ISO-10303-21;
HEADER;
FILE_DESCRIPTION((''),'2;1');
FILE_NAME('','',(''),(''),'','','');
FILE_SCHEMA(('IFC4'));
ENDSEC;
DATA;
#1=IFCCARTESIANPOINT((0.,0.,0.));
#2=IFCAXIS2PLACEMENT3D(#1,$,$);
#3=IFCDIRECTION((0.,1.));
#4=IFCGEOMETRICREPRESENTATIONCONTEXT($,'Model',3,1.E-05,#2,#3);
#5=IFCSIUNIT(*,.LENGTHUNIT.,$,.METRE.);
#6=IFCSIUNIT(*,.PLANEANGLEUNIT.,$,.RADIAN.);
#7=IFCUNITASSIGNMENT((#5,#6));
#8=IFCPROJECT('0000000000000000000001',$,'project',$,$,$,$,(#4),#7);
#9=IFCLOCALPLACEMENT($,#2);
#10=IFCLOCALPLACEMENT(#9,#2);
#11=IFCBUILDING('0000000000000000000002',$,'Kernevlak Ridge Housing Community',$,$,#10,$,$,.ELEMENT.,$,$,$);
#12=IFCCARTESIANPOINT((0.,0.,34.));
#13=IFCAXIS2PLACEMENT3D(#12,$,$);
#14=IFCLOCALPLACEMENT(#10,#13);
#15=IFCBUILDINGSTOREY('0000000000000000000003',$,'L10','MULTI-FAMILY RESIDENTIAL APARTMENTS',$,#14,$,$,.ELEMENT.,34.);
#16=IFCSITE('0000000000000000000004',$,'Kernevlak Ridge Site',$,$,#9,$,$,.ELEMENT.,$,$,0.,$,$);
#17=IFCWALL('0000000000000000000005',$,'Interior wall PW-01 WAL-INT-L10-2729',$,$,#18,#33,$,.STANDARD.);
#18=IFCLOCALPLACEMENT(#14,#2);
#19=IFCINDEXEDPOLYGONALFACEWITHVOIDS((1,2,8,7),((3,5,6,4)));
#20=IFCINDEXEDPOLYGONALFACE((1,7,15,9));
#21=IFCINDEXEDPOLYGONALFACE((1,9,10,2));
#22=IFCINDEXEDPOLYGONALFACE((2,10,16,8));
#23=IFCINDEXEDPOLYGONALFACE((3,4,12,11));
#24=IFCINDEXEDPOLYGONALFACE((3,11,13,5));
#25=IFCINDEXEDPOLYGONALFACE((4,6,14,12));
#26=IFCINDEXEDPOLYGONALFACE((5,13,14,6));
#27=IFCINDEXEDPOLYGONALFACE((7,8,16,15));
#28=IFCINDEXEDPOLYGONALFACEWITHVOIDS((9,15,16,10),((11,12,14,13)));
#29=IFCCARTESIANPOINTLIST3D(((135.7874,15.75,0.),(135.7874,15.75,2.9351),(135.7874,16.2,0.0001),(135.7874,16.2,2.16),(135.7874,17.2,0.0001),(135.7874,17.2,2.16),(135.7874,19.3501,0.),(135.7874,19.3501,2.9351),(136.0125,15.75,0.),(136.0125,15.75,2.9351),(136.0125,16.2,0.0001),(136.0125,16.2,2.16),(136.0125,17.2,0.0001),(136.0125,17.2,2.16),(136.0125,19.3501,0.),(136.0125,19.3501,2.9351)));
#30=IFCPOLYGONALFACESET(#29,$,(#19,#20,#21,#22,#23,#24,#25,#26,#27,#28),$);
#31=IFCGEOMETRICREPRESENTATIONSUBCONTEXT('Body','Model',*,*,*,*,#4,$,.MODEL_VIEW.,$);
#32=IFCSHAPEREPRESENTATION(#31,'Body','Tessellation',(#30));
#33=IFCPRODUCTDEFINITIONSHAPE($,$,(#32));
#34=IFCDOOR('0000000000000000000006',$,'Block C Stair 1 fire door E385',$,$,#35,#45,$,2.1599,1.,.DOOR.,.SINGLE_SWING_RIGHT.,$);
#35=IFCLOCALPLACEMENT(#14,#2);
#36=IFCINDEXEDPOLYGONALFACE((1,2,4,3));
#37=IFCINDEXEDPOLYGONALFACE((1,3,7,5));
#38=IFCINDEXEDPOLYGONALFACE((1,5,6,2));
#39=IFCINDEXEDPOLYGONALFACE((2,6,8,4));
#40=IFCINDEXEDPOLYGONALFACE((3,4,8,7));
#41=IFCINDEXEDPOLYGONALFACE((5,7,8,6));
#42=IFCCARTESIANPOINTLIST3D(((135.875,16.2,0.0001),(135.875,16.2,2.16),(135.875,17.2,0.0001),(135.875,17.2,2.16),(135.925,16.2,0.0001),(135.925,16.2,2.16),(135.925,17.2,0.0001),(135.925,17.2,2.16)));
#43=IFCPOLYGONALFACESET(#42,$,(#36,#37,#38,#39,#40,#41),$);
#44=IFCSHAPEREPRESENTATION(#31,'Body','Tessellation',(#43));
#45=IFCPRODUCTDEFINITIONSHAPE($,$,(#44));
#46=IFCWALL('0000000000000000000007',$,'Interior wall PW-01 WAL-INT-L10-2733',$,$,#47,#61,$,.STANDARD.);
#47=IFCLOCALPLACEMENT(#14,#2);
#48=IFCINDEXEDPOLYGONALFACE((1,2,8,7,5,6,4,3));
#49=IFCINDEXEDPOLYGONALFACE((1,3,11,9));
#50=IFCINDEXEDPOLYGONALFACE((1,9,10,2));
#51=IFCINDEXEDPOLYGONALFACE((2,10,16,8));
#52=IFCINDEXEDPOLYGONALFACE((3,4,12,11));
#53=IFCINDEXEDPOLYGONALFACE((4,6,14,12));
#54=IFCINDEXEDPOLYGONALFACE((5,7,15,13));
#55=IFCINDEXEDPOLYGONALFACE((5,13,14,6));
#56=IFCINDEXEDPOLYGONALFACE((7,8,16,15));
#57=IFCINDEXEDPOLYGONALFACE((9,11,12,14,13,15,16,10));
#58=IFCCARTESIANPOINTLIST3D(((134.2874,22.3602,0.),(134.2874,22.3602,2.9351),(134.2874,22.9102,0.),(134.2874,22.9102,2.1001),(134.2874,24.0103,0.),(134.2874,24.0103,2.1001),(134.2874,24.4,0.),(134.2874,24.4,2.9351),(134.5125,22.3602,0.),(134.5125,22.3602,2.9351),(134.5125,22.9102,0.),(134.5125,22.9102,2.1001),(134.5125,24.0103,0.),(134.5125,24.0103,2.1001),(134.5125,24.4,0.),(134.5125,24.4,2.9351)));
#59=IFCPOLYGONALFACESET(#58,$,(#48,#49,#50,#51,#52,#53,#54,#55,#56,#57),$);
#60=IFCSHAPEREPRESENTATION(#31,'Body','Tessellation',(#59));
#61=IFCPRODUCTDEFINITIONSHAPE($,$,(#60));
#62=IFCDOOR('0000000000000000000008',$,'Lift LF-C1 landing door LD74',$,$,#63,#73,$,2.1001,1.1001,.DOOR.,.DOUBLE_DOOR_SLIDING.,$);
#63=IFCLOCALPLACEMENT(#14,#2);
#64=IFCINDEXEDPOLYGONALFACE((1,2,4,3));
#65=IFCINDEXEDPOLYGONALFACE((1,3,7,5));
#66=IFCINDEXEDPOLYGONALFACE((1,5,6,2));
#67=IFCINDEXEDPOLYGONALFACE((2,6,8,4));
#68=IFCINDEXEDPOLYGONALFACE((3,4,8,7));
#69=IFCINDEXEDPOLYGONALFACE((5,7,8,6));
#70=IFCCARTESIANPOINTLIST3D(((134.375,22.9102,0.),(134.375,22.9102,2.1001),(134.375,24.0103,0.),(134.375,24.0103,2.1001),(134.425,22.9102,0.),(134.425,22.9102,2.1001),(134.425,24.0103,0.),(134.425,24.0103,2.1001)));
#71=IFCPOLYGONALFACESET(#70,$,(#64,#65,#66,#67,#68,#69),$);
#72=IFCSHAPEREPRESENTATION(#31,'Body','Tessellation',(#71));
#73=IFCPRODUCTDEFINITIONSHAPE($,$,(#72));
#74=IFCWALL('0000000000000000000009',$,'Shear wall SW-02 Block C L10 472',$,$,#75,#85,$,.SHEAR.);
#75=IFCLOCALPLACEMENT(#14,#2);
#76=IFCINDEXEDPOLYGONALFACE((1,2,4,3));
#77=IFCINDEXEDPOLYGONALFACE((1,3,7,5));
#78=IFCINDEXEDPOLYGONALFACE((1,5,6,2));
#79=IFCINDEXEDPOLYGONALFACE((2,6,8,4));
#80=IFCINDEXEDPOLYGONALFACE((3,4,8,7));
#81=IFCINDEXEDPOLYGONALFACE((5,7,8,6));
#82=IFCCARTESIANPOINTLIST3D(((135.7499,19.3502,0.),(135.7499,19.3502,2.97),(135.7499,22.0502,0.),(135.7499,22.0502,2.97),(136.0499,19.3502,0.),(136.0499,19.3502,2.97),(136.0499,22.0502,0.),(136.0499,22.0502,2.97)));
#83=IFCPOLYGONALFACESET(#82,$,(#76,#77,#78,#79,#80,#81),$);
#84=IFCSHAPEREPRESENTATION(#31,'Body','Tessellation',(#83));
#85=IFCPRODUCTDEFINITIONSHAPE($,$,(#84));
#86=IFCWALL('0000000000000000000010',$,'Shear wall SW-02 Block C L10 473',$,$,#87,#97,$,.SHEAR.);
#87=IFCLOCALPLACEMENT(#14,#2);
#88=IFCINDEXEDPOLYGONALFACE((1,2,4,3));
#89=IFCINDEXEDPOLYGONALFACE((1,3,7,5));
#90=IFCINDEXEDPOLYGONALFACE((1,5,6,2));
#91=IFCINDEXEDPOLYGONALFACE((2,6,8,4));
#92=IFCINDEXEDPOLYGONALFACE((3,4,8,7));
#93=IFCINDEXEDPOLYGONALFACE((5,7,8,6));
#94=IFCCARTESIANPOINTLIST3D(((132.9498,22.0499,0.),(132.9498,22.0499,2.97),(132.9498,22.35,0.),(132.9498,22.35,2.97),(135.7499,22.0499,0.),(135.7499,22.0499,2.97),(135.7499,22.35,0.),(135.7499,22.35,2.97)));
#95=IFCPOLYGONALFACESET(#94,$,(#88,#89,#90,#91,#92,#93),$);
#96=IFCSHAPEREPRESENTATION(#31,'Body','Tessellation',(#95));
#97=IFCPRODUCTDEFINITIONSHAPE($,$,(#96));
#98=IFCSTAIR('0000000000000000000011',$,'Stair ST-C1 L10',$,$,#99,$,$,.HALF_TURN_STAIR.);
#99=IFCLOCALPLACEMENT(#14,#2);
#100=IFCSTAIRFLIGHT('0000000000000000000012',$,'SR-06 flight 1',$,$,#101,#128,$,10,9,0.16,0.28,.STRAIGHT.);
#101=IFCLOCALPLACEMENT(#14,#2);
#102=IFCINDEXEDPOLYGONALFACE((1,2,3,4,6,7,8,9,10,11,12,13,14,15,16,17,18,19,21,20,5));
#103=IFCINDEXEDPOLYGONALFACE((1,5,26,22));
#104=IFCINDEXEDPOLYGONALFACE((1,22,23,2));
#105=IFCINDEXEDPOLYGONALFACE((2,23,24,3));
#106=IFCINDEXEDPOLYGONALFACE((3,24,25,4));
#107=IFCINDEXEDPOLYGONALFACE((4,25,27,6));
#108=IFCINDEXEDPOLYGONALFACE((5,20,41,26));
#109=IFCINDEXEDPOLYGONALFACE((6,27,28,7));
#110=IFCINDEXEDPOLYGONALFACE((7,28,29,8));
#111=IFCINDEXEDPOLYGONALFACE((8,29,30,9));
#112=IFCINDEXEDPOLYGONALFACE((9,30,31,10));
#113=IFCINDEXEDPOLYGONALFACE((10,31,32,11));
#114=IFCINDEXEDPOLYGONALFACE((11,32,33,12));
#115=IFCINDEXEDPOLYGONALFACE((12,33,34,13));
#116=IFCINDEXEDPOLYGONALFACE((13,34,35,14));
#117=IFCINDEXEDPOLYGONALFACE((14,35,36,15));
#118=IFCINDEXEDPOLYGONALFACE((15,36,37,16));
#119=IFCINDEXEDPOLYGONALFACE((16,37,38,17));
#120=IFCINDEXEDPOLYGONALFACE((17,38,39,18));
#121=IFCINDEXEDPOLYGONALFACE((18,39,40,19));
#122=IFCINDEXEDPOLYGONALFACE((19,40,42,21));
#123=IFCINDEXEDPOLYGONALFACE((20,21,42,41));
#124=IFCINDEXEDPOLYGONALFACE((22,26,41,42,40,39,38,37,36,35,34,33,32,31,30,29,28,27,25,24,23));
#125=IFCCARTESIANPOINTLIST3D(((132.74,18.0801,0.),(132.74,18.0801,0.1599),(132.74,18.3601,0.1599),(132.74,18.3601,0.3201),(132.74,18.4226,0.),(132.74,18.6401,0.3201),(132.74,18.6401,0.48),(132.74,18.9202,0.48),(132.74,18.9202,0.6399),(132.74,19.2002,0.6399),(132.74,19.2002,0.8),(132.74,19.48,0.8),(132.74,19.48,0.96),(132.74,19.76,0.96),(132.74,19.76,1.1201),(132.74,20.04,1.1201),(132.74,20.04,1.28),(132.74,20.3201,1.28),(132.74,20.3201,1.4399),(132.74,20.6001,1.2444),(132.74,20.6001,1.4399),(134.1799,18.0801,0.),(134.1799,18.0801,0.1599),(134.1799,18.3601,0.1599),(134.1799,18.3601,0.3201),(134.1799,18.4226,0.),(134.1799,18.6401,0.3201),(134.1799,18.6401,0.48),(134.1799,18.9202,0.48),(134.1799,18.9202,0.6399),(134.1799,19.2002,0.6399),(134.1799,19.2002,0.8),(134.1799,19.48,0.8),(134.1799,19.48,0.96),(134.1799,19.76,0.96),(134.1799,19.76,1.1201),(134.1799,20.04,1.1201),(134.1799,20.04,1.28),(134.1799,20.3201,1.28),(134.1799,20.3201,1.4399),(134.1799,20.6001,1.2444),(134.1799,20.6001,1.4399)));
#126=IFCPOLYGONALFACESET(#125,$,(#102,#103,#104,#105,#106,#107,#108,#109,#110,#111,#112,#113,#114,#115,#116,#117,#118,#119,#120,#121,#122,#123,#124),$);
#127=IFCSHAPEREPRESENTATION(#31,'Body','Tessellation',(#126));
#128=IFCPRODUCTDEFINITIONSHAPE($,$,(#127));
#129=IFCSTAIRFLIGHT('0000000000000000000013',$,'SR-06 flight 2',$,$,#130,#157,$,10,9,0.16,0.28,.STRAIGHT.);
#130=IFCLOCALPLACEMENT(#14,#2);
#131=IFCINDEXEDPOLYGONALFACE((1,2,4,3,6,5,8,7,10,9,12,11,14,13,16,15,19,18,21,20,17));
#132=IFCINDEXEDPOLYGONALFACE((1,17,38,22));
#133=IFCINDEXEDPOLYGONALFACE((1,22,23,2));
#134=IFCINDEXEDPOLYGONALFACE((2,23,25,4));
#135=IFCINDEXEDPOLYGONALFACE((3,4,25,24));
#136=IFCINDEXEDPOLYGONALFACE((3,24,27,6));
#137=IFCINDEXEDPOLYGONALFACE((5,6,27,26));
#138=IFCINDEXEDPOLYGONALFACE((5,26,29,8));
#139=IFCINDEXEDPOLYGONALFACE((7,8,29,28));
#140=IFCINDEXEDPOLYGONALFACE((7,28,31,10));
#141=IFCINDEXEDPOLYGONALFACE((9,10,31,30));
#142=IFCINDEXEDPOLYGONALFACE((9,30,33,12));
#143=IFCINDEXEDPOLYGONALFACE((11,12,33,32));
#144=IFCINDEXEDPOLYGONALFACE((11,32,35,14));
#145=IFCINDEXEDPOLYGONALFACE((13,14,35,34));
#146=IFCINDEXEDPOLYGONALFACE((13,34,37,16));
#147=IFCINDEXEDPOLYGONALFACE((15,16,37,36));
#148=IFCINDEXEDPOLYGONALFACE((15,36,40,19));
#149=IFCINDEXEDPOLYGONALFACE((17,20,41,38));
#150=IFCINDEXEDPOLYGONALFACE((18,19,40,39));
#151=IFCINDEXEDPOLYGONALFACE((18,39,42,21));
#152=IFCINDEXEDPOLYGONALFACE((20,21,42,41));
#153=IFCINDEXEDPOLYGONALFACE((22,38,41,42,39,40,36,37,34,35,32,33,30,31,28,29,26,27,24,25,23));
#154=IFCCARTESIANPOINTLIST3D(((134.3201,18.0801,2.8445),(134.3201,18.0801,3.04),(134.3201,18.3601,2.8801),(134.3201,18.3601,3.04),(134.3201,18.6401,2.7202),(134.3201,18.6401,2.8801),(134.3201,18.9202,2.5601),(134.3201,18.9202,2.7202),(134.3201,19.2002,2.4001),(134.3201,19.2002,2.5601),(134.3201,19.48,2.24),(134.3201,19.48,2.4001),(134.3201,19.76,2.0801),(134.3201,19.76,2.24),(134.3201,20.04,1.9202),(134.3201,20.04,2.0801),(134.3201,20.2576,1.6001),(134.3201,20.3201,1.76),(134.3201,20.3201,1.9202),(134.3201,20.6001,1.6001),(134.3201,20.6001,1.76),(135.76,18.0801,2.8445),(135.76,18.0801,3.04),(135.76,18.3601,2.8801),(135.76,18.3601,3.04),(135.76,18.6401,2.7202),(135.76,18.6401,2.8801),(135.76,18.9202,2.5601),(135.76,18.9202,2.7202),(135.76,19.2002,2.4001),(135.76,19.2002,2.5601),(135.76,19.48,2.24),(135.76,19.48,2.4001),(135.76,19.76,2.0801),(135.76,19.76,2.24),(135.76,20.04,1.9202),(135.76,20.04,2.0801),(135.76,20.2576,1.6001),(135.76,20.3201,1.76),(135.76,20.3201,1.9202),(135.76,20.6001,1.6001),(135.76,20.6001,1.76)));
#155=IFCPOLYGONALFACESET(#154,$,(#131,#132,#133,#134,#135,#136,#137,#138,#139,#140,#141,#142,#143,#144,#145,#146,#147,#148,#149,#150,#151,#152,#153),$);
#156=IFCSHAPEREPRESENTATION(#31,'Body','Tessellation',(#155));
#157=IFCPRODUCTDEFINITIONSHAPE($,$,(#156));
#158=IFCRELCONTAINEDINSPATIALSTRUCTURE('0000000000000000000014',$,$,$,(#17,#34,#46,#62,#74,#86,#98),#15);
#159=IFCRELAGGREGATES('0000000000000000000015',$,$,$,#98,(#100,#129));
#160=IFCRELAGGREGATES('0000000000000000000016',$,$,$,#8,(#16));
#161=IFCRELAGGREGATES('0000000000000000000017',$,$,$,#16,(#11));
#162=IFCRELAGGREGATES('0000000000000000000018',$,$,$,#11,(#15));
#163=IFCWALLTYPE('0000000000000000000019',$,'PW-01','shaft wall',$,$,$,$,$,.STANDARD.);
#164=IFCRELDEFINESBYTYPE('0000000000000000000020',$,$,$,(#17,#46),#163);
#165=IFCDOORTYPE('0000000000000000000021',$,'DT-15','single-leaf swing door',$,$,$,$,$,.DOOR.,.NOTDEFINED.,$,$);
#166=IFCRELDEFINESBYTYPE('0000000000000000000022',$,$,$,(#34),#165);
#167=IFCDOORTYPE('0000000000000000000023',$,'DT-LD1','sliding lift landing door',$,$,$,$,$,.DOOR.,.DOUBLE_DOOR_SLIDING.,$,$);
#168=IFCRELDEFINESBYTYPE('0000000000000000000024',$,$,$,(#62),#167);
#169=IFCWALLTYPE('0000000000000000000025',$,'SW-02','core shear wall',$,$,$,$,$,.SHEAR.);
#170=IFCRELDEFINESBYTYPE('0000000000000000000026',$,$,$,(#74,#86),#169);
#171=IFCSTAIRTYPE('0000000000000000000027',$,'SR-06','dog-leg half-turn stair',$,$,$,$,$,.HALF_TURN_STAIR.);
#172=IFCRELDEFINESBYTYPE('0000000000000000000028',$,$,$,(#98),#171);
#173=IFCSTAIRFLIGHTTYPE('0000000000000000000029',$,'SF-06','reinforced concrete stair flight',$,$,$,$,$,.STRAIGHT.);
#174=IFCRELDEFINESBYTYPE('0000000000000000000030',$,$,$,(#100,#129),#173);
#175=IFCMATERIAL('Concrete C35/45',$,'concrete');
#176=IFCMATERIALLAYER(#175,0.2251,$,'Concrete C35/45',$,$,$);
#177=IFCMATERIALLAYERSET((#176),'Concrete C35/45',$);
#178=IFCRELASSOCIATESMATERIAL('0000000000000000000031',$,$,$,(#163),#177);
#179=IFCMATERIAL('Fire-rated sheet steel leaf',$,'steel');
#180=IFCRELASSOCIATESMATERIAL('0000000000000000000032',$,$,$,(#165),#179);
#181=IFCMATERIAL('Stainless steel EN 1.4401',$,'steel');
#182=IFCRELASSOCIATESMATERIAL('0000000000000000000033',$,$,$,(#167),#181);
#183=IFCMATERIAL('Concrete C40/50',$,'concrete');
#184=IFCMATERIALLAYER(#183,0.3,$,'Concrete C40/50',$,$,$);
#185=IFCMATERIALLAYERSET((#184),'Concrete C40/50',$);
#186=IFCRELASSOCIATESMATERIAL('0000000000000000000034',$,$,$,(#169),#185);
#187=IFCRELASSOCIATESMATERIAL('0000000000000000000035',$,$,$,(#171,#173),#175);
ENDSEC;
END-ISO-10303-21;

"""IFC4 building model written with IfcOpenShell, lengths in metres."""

from ifc_helpers import new_model, si_unit, direction, frame, frame_2d, origin, place, context, subcontext, project, spatial, polyline, rectangle, outline, extrude, material, layer, layer_set, type_object, element, fill, aggregate, save


model = new_model("IFC4")

# Units and contexts
model_context = context("Model", 3, precision=1e-05, world=origin(), true_north=direction((0.0, 1.0)))
body_context = subcontext(model_context, "Body", "Model", "MODEL_VIEW")
ifc_project = project(units=[si_unit("LENGTHUNIT", "METRE"), si_unit("PLANEANGLEUNIT", "RADIAN")], contexts=[model_context])

# Site, building, storey
site_placement = place(None, origin())
site = spatial("IfcSite", under=ifc_project, at=site_placement, Name="Kernevlak Ridge Site", CompositionType="ELEMENT", RefElevation=0.0)
building_placement = place(site_placement, origin())
building = spatial("IfcBuilding", under=site, at=building_placement, Name="Kernevlak Ridge Housing Community", CompositionType="ELEMENT")
storey_placement = place(building_placement, frame((0.0, 0.0, 34.0)))
storey = spatial("IfcBuildingStorey", under=building, at=storey_placement, Name="L10", Description="MULTI-FAMILY RESIDENTIAL APARTMENTS", CompositionType="ELEMENT", Elevation=34.0)

# Shared definitions
ifc_material_1 = material(Name="Concrete C35/45", Category="concrete")

# Walls, openings, doors
ifc_layer_1 = layer(ifc_material_1, 0.2251, Name="Concrete C35/45")
ifc_layer_set_1 = layer_set([ifc_layer_1], Name="Concrete C35/45")
wall_type_1 = type_object("IfcWallType", Name="PW-01", Description="shaft wall", PredefinedType="STANDARD", material=ifc_layer_set_1)
wall_1_placement = place(storey_placement, frame((135.8999, 15.75, 0.0), z_axis=(0.0, 0.0, 1.0), x_axis=(0.0, 1.0, 0.0)))
wall_1 = element("IfcWall", 1, at=wall_1_placement, inside=storey, type_object=wall_type_1, Name="Interior wall PW-01 WAL-INT-L10-2729", PredefinedType="STANDARD", context=body_context, shape_type="SweptSolid", body=[
    extrude(rectangle(XDim=3.6001, YDim=0.2251, at=frame_2d((1.8, 0.0))), origin(), (0.0, 0.0, 1.0), 2.9351),
])
opening_1_placement = place(wall_1_placement, frame((0.45, 0.0, 0.0)))
opening_1 = element("IfcOpeningElement", 2, at=opening_1_placement, cuts=wall_1, PredefinedType="OPENING", context=body_context, shape_type="SweptSolid", body=[
    extrude(rectangle(XDim=1.0, YDim=2.1599, at=frame_2d((0.5, 1.0801))), frame((0.0, 0.1226, 0.0), z_axis=(0.0, -1.0, 0.0), x_axis=(1.0, 0.0, 0.0)), (0.0, 0.0, 1.0), 0.2451),
])
ifc_material_2 = material(Name="Fire-rated sheet steel leaf", Category="steel")
door_type_1 = type_object("IfcDoorType", Name="DT-15", Description="single-leaf swing door", OperationType="NOTDEFINED", PredefinedType="DOOR", material=ifc_material_2)
door_1_placement = place(opening_1_placement, origin())
door_1 = element("IfcDoor", 3, at=door_1_placement, inside=storey, type_object=door_type_1, Name="Block C Stair 1 fire door E385", OperationType="SINGLE_SWING_RIGHT", OverallHeight=2.1599, OverallWidth=1.0, PredefinedType="DOOR", context=body_context, shape_type="SweptSolid", body=[
    extrude(rectangle(XDim=1.0, YDim=2.1599, at=frame_2d((0.5, 1.0801))), frame((0.0, 0.0249, 0.0), z_axis=(0.0, -1.0, 0.0), x_axis=(1.0, 0.0, 0.0)), (0.0, 0.0, 1.0), 0.05),
])
fill(opening_1, door_1)
wall_2_placement = place(storey_placement, frame((134.3999, 22.3601, 0.0), z_axis=(0.0, 0.0, 1.0), x_axis=(0.0, 1.0, 0.0)))
wall_2 = element("IfcWall", 4, at=wall_2_placement, inside=storey, type_object=wall_type_1, Name="Interior wall PW-01 WAL-INT-L10-2733", PredefinedType="STANDARD", context=body_context, shape_type="SweptSolid", body=[
    extrude(rectangle(XDim=2.0398, YDim=0.2251, at=frame_2d((1.02, 0.0))), origin(), (0.0, 0.0, 1.0), 2.9351),
])
opening_2_placement = place(wall_2_placement, frame((0.55, 0.0, 0.0)))
opening_2 = element("IfcOpeningElement", 5, at=opening_2_placement, cuts=wall_2, PredefinedType="OPENING", context=body_context, shape_type="SweptSolid", body=[
    extrude(rectangle(XDim=1.1001, YDim=2.1001, at=frame_2d((0.55, 1.05))), frame((0.0, 0.1226, 0.0), z_axis=(0.0, -1.0, 0.0), x_axis=(1.0, 0.0, 0.0)), (0.0, 0.0, 1.0), 0.2451),
])
ifc_material_3 = material(Name="Stainless steel EN 1.4401", Category="steel")
door_type_2 = type_object("IfcDoorType", Name="DT-LD1", Description="sliding lift landing door", OperationType="DOUBLE_DOOR_SLIDING", PredefinedType="DOOR", material=ifc_material_3)
door_2_placement = place(opening_2_placement, origin())
door_2 = element("IfcDoor", 6, at=door_2_placement, inside=storey, type_object=door_type_2, Name="Lift LF-C1 landing door LD74", OperationType="DOUBLE_DOOR_SLIDING", OverallHeight=2.1001, OverallWidth=1.1001, PredefinedType="DOOR", context=body_context, shape_type="SweptSolid", body=[
    extrude(rectangle(XDim=1.1001, YDim=2.1001, at=frame_2d((0.55, 1.05))), frame((0.0, 0.0249, 0.0), z_axis=(0.0, -1.0, 0.0), x_axis=(1.0, 0.0, 0.0)), (0.0, 0.0, 1.0), 0.05),
])
fill(opening_2, door_2)

# Walls
ifc_material_4 = material(Name="Concrete C40/50", Category="concrete")
ifc_layer_2 = layer(ifc_material_4, 0.3, Name="Concrete C40/50")
ifc_layer_set_2 = layer_set([ifc_layer_2], Name="Concrete C40/50")
wall_type_2 = type_object("IfcWallType", Name="SW-02", Description="core shear wall", PredefinedType="SHEAR", material=ifc_layer_set_2)
wall_3_placement = place(storey_placement, frame((135.8999, 19.3501, 0.0), z_axis=(0.0, 0.0, 1.0), x_axis=(0.0, 1.0, 0.0)))
element("IfcWall", 7, at=wall_3_placement, inside=storey, type_object=wall_type_2, Name="Shear wall SW-02 Block C L10 472", PredefinedType="SHEAR", context=body_context, shape_type="SweptSolid", body=[
    extrude(rectangle(XDim=2.7, YDim=0.3, at=frame_2d((1.3501, 0.0))), origin(), (0.0, 0.0, 1.0), 2.97),
])
wall_4_placement = place(storey_placement, frame((132.95, 22.2, 0.0), z_axis=(0.0, 0.0, 1.0), x_axis=(1.0, 0.0, 0.0)))
element("IfcWall", 8, at=wall_4_placement, inside=storey, type_object=wall_type_2, Name="Shear wall SW-02 Block C L10 473", PredefinedType="SHEAR", context=body_context, shape_type="SweptSolid", body=[
    extrude(rectangle(XDim=2.8, YDim=0.3, at=frame_2d((1.3999, 0.0))), origin(), (0.0, 0.0, 1.0), 2.97),
])

# Stair, stair flights
stair_type = type_object("IfcStairType", Name="SR-06", Description="dog-leg half-turn stair", PredefinedType="HALF_TURN_STAIR", material=ifc_material_1)
stair_placement = place(storey_placement, origin())
stair = element("IfcStair", 9, at=stair_placement, inside=storey, type_object=stair_type, Name="Stair ST-C1 L10", PredefinedType="HALF_TURN_STAIR")
stair_flight_type = type_object("IfcStairFlightType", Name="SF-06", Description="reinforced concrete stair flight", PredefinedType="STRAIGHT", material=ifc_material_1)
stair_flight_1_placement = place(storey_placement, frame((133.46, 18.0801, 0.0), z_axis=(0.0, 0.0, 1.0), x_axis=(0.0, 1.0, 0.0)))
stair_flight_1 = element("IfcStairFlight", 10, at=stair_flight_1_placement, type_object=stair_flight_type, Name="SR-06 flight 1", NumberOfRisers=10, NumberOfTreads=9, PredefinedType="STRAIGHT", RiserHeight=0.16, TreadLength=0.28, context=body_context, shape_type="SweptSolid", body=[
    extrude(outline(polyline([(0.0, 0.0), (0.0, 0.1599), (0.28, 0.1599), (0.28, 0.3201), (0.5601, 0.3201), (0.5601, 0.48), (0.8401, 0.48), (0.8401, 0.6399), (1.1201, 0.6399), (1.1201, 0.8), (1.3999, 0.8), (1.3999, 0.96), (1.6799, 0.96), (1.6799, 1.1201), (1.96, 1.1201), (1.96, 1.28), (2.24, 1.28), (2.24, 1.4399), (2.52, 1.4399), (2.52, 1.6001), (2.52, 1.2444), (0.3425, 0.0), (0.0, 0.0)])), frame((0.0, 0.72, 0.0), z_axis=(0.0, -1.0, 0.0), x_axis=(1.0, 0.0, 0.0)), (0.0, 0.0, 1.0), 1.4399),
])
stair_flight_2_placement = place(storey_placement, frame((135.04, 20.6001, 1.6001), z_axis=(0.0, 0.0, 1.0), x_axis=(0.0, -1.0, 0.0)))
stair_flight_2 = element("IfcStairFlight", 11, at=stair_flight_2_placement, type_object=stair_flight_type, Name="SR-06 flight 2", NumberOfRisers=10, NumberOfTreads=9, PredefinedType="STRAIGHT", RiserHeight=0.16, TreadLength=0.28, context=body_context, shape_type="SweptSolid", body=[
    extrude(outline(polyline([(0.0, 0.0), (0.0, 0.1599), (0.28, 0.1599), (0.28, 0.3201), (0.5601, 0.3201), (0.5601, 0.48), (0.8401, 0.48), (0.8401, 0.6399), (1.1201, 0.6399), (1.1201, 0.8), (1.3999, 0.8), (1.3999, 0.96), (1.6799, 0.96), (1.6799, 1.1201), (1.96, 1.1201), (1.96, 1.28), (2.24, 1.28), (2.24, 1.4399), (2.52, 1.4399), (2.52, 1.6001), (2.52, 1.2444), (0.3425, 0.0), (0.0, 0.0)])), frame((0.0, 0.72, 0.0), z_axis=(0.0, -1.0, 0.0), x_axis=(1.0, 0.0, 0.0)), (0.0, 0.0, 1.0), 1.4399),
])
aggregate(stair, [stair_flight_1, stair_flight_2])

save(model, "model.ifc")
